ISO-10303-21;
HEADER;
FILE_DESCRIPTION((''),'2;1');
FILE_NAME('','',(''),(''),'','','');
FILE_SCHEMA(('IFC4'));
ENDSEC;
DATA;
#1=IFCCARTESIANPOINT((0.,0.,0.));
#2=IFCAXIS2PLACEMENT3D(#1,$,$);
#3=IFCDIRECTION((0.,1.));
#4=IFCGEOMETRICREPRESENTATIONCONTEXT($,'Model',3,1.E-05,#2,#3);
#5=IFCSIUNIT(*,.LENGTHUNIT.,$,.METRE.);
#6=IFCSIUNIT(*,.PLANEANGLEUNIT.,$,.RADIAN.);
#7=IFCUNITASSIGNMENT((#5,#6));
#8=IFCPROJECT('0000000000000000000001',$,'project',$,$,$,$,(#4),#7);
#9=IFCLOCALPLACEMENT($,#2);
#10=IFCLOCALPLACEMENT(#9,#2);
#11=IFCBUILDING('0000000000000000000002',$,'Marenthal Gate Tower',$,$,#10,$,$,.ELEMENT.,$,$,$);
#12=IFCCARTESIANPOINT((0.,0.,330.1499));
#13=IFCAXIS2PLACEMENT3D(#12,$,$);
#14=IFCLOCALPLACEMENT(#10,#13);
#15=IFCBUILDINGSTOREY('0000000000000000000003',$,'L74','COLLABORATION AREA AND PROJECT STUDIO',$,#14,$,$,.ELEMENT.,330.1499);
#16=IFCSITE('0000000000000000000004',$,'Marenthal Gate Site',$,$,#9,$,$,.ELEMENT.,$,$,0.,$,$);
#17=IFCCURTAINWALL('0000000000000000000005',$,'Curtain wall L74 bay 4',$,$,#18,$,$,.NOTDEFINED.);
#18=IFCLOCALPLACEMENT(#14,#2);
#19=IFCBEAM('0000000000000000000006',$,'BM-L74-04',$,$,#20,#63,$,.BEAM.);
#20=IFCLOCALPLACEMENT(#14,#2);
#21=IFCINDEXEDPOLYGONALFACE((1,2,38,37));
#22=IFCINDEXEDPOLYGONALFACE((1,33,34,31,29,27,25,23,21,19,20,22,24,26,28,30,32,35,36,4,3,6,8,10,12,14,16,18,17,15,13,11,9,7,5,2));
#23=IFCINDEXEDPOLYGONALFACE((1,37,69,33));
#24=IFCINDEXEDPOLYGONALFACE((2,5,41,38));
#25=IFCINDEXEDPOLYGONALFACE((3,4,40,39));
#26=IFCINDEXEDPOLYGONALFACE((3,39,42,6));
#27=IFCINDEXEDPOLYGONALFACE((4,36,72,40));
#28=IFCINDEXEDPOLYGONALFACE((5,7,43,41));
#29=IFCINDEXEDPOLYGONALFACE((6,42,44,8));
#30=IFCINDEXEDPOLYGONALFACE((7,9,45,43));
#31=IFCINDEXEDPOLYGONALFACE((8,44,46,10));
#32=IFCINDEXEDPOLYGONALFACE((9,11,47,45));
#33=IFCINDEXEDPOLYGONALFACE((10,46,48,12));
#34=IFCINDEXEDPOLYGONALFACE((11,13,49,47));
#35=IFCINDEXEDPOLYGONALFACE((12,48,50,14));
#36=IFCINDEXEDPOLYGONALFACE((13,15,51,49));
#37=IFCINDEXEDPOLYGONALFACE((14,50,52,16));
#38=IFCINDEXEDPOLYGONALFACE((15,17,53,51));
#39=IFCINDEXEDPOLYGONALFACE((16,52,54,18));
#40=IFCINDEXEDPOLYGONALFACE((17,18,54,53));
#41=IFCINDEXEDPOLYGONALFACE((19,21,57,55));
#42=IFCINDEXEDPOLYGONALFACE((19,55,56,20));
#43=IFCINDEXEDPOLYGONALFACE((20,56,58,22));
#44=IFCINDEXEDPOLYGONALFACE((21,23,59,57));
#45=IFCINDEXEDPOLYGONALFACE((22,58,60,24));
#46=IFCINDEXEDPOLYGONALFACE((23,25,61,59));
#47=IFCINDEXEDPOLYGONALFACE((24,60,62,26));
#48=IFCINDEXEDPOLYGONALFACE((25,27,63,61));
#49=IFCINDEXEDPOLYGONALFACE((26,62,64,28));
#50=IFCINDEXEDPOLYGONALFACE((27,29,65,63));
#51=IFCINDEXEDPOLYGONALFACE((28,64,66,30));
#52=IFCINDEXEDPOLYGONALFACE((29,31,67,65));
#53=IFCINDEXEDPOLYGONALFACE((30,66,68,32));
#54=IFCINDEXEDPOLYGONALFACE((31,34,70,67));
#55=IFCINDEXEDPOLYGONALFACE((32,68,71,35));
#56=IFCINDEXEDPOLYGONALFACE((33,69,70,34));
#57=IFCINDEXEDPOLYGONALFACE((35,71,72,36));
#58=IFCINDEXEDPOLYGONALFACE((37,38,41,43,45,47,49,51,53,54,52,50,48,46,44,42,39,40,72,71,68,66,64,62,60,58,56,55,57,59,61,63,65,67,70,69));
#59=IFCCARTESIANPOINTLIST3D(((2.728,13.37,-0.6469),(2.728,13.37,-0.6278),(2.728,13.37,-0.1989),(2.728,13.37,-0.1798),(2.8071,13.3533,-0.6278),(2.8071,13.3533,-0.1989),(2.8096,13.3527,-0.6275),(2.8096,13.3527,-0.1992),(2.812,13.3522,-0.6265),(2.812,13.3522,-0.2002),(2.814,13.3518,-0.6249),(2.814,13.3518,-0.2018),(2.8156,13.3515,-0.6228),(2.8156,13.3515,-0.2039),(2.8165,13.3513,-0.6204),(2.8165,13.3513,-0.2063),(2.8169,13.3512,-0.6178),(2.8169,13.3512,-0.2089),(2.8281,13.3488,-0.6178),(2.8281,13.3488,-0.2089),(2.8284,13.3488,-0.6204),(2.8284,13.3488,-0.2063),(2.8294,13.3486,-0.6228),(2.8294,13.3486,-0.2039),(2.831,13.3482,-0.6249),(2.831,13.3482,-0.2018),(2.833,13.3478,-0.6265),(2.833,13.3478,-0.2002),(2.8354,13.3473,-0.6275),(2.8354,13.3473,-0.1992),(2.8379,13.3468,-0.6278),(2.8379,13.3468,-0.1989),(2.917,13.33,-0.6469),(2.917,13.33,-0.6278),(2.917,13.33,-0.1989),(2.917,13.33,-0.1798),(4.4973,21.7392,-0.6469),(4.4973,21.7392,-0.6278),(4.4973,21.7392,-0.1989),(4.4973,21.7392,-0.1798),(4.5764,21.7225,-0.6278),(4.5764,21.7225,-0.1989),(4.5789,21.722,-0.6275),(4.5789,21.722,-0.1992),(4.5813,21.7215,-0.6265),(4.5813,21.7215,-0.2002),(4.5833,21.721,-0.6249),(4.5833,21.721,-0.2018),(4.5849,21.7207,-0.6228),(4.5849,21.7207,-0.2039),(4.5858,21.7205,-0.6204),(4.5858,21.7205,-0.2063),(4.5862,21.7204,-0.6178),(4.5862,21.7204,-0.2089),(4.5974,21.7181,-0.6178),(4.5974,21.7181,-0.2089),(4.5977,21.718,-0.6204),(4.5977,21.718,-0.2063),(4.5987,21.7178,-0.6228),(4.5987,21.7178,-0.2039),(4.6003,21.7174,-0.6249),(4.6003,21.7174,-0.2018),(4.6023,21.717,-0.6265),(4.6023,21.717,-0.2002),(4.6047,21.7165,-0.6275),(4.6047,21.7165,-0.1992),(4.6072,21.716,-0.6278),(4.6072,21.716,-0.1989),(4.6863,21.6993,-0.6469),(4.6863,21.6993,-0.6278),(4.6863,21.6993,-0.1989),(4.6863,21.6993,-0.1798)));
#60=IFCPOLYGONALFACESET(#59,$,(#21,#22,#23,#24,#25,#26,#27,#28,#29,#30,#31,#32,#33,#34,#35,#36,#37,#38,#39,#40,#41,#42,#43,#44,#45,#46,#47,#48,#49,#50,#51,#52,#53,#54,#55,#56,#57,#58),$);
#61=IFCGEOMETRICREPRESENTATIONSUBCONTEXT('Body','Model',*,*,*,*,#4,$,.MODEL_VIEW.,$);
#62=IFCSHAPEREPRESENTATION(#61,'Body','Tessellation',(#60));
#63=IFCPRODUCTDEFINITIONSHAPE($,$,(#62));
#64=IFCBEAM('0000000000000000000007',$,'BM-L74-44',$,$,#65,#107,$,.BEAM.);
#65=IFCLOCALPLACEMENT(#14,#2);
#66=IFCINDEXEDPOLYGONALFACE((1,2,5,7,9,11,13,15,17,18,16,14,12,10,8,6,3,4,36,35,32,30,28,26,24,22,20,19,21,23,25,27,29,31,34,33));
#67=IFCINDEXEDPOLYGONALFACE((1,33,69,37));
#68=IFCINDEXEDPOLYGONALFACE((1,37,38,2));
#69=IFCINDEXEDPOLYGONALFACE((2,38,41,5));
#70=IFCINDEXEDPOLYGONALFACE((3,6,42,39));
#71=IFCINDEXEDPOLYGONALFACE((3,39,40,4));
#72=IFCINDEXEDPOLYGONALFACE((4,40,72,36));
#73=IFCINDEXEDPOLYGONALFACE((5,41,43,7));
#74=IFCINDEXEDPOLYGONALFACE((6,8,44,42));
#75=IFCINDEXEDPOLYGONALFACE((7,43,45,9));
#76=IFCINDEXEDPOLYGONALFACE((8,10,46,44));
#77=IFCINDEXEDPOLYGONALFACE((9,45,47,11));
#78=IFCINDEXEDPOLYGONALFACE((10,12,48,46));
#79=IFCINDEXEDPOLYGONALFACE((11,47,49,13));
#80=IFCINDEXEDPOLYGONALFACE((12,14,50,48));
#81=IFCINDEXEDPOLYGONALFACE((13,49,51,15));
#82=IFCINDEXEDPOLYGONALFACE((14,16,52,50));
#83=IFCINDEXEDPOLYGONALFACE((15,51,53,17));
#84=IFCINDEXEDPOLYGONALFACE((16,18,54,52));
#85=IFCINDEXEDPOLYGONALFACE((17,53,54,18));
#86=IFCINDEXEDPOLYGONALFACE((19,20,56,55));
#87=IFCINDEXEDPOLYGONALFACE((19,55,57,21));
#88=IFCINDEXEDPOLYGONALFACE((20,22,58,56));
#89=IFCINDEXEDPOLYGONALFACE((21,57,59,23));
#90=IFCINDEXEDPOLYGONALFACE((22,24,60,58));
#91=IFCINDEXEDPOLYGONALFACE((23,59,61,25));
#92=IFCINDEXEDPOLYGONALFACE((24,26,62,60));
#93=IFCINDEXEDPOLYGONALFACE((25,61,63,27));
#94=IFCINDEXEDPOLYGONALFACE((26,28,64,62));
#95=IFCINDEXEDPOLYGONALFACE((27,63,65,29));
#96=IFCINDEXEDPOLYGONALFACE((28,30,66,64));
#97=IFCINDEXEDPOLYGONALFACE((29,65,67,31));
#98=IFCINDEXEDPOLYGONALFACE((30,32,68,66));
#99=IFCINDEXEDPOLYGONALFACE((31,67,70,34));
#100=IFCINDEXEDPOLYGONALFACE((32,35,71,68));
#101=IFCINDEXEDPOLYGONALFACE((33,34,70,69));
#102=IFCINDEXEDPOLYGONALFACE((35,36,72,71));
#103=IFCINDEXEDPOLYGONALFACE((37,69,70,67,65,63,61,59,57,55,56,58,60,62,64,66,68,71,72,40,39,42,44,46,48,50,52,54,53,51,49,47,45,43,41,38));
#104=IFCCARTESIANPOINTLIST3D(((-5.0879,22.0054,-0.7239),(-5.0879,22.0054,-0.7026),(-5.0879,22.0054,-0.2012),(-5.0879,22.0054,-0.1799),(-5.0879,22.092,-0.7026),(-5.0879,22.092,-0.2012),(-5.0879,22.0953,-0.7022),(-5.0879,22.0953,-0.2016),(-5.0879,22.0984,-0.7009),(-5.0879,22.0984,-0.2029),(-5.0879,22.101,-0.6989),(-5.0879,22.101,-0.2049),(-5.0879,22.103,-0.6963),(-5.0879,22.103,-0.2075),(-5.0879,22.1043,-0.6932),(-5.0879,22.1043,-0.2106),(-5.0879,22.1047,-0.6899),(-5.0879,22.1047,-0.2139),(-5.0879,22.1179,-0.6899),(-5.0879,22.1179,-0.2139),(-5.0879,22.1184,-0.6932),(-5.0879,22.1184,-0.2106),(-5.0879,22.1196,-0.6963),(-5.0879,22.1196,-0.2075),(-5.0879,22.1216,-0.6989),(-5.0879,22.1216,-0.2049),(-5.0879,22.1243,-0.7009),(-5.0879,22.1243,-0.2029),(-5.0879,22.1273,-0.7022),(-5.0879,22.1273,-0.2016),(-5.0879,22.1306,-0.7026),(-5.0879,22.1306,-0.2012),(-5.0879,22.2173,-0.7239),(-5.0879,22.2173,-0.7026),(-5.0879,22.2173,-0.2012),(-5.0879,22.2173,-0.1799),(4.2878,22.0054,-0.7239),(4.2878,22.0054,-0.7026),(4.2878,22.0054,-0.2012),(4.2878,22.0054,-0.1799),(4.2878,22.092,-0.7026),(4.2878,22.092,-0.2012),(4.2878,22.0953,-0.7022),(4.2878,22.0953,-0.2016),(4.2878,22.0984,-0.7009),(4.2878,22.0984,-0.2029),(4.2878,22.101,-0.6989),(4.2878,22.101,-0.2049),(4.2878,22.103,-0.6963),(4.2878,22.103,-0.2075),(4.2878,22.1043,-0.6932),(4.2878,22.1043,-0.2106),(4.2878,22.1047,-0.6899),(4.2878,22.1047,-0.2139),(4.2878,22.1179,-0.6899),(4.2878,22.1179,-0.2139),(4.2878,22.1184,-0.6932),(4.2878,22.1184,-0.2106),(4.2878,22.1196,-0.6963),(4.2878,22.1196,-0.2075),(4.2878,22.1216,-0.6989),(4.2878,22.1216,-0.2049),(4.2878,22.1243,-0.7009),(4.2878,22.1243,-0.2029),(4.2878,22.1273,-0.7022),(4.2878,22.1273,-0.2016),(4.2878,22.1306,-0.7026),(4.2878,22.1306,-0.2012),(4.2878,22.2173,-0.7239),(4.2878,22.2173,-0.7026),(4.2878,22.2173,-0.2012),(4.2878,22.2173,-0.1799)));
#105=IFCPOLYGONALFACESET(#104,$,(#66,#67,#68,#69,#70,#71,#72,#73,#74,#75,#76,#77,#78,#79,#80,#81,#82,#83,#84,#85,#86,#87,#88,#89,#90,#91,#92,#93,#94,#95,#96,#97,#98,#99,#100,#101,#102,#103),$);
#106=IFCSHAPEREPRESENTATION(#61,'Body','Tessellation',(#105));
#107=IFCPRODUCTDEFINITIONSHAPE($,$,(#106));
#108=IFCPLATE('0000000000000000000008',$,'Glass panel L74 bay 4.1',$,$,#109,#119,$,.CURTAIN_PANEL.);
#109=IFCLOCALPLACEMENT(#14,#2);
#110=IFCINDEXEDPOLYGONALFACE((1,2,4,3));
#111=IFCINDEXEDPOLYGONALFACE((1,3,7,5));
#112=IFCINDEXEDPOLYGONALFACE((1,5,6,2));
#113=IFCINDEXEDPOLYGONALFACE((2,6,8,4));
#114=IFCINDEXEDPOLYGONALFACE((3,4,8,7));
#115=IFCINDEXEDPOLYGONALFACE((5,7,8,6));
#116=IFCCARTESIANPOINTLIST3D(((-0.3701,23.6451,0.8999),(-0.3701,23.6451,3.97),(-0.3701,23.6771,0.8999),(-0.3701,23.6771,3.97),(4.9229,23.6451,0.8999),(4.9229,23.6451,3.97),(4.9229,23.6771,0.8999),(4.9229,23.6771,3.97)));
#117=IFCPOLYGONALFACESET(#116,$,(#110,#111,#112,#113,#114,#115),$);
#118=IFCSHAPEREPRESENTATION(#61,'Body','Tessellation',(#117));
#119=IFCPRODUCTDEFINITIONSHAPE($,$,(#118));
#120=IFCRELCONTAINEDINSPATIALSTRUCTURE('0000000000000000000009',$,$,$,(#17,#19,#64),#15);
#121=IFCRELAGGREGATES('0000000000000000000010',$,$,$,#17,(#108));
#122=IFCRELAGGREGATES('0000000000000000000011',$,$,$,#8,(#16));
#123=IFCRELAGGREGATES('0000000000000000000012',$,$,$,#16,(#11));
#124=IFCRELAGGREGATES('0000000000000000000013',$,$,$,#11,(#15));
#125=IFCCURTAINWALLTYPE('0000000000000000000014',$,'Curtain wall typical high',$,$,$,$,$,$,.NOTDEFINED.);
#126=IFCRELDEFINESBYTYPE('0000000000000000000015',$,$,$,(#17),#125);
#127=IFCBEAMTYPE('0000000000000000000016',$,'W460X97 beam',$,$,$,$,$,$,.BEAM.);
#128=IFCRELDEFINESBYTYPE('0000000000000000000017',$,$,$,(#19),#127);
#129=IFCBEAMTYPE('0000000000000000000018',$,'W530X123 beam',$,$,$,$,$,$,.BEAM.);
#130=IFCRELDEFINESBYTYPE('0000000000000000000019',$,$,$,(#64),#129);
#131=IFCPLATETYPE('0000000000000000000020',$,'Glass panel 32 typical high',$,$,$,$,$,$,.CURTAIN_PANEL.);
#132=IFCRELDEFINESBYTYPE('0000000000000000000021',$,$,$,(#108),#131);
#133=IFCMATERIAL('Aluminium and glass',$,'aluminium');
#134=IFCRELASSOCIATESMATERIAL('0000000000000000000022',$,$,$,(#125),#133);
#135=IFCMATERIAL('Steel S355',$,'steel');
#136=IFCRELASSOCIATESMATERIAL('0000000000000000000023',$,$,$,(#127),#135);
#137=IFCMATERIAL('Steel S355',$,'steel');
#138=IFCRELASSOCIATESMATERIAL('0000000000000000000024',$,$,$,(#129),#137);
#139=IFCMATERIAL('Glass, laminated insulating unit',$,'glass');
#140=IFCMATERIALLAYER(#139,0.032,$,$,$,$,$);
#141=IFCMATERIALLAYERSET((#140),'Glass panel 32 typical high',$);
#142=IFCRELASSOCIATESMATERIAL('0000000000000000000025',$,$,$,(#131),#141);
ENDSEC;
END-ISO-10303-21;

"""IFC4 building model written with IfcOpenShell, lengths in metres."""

from ifc_helpers import new_model, si_unit, direction, frame, origin, origin_2d, place, context, subcontext, project, spatial, rectangle, i_section, extrude, material, layer, layer_set, material_profile, profile_set, type_object, element, aggregate, save


model = new_model("IFC4")

# Units and contexts
model_context = context("Model", 3, precision=1e-05, world=origin(), true_north=direction((0.0, 1.0)))
body_context = subcontext(model_context, "Body", "Model", "MODEL_VIEW")
ifc_project = project(units=[si_unit("LENGTHUNIT", "METRE"), si_unit("PLANEANGLEUNIT", "RADIAN")], contexts=[model_context])

# Site, building, storey
site_placement = place(None, origin())
site = spatial("IfcSite", under=ifc_project, at=site_placement, Name="Marenthal Gate Site", CompositionType="ELEMENT", RefElevation=0.0)
building_placement = place(site_placement, origin())
building = spatial("IfcBuilding", under=site, at=building_placement, Name="Marenthal Gate Tower", CompositionType="ELEMENT")
storey_placement = place(building_placement, frame((0.0, 0.0, 330.1499)))
storey = spatial("IfcBuildingStorey", under=building, at=storey_placement, Name="L74", Description="COLLABORATION AREA AND PROJECT STUDIO", CompositionType="ELEMENT", Elevation=330.1499)

# Curtain wall
ifc_material_1 = material(Name="Aluminium and glass", Category="aluminium")
curtain_wall_type = type_object("IfcCurtainWallType", Name="Curtain wall typical high", PredefinedType="NOTDEFINED", material=ifc_material_1)
curtain_wall_placement = place(storey_placement, origin())
curtain_wall = element("IfcCurtainWall", 1, at=curtain_wall_placement, inside=storey, type_object=curtain_wall_type, Name="Curtain wall L74 bay 4", PredefinedType="NOTDEFINED")

# Beams
ifc_material_2 = material(Name="Steel S355", Category="steel")
ifc_material_profile_1 = material_profile(ifc_material_2, i_section(OverallWidth=0.1931, OverallDepth=0.467, WebThickness=0.0115, FlangeThickness=0.019, FilletRadius=0.01, at=origin_2d()), Name="W460X97")
ifc_profile_set_1 = profile_set([ifc_material_profile_1], Name="Steel S355")
beam_type_1 = type_object("IfcBeamType", Name="W460X97 beam", PredefinedType="BEAM", material=ifc_profile_set_1)
beam_1_placement = place(storey_placement, frame((4.5918, 21.7192, -0.4133), z_axis=(-0.206835, -0.978376, 0.0), x_axis=(0.978376, -0.206835, 0.0)))
element("IfcBeam", 2, at=beam_1_placement, inside=storey, type_object=beam_type_1, Name="BM-L74-04", PredefinedType="BEAM", context=body_context, shape_type="SweptSolid", body=[
    extrude(i_section(OverallWidth=0.1931, OverallDepth=0.467, WebThickness=0.0115, FlangeThickness=0.019, FilletRadius=0.01, at=origin_2d()), origin(), (0.0, 0.0, 1.0), 8.5542),
])
ifc_material_3 = material(Name="Steel S355", Category="steel")
ifc_material_profile_2 = material_profile(ifc_material_3, i_section(OverallWidth=0.2119, OverallDepth=0.5439, WebThickness=0.0132, FlangeThickness=0.0212, FilletRadius=0.0127, at=origin_2d()), Name="W530X123")
ifc_profile_set_2 = profile_set([ifc_material_profile_2], Name="Steel S355")
beam_type_2 = type_object("IfcBeamType", Name="W530X123 beam", PredefinedType="BEAM", material=ifc_profile_set_2)
beam_2_placement = place(storey_placement, frame((4.2878, 22.1113, -0.4519), z_axis=(-1.0, 0.0, 0.0), x_axis=(0.0, -1.0, 0.0)))
element("IfcBeam", 3, at=beam_2_placement, inside=storey, type_object=beam_type_2, Name="BM-L74-44", PredefinedType="BEAM", context=body_context, shape_type="SweptSolid", body=[
    extrude(i_section(OverallWidth=0.2119, OverallDepth=0.5439, WebThickness=0.0132, FlangeThickness=0.0212, FilletRadius=0.0127, at=origin_2d()), origin(), (0.0, 0.0, 1.0), 9.3757),
])

# Plate
ifc_material_4 = material(Name="Glass, laminated insulating unit", Category="glass")
ifc_layer_1 = layer(ifc_material_4, 0.032)
ifc_layer_set_1 = layer_set([ifc_layer_1], Name="Glass panel 32 typical high")
plate_type = type_object("IfcPlateType", Name="Glass panel 32 typical high", PredefinedType="CURTAIN_PANEL", material=ifc_layer_set_1)
plate_placement = place(storey_placement, frame((2.2764, 23.6611, 0.8999), z_axis=(0.0, 0.0, 1.0), x_axis=(-1.0, 0.0, 0.0)))
plate = element("IfcPlate", 4, at=plate_placement, type_object=plate_type, Name="Glass panel L74 bay 4.1", PredefinedType="CURTAIN_PANEL", context=body_context, shape_type="SweptSolid", body=[
    extrude(rectangle(XDim=5.293, YDim=0.032, at=origin_2d()), origin(), (0.0, 0.0, 1.0), 3.0701),
])
aggregate(curtain_wall, [plate])

save(model, "model.ifc")
